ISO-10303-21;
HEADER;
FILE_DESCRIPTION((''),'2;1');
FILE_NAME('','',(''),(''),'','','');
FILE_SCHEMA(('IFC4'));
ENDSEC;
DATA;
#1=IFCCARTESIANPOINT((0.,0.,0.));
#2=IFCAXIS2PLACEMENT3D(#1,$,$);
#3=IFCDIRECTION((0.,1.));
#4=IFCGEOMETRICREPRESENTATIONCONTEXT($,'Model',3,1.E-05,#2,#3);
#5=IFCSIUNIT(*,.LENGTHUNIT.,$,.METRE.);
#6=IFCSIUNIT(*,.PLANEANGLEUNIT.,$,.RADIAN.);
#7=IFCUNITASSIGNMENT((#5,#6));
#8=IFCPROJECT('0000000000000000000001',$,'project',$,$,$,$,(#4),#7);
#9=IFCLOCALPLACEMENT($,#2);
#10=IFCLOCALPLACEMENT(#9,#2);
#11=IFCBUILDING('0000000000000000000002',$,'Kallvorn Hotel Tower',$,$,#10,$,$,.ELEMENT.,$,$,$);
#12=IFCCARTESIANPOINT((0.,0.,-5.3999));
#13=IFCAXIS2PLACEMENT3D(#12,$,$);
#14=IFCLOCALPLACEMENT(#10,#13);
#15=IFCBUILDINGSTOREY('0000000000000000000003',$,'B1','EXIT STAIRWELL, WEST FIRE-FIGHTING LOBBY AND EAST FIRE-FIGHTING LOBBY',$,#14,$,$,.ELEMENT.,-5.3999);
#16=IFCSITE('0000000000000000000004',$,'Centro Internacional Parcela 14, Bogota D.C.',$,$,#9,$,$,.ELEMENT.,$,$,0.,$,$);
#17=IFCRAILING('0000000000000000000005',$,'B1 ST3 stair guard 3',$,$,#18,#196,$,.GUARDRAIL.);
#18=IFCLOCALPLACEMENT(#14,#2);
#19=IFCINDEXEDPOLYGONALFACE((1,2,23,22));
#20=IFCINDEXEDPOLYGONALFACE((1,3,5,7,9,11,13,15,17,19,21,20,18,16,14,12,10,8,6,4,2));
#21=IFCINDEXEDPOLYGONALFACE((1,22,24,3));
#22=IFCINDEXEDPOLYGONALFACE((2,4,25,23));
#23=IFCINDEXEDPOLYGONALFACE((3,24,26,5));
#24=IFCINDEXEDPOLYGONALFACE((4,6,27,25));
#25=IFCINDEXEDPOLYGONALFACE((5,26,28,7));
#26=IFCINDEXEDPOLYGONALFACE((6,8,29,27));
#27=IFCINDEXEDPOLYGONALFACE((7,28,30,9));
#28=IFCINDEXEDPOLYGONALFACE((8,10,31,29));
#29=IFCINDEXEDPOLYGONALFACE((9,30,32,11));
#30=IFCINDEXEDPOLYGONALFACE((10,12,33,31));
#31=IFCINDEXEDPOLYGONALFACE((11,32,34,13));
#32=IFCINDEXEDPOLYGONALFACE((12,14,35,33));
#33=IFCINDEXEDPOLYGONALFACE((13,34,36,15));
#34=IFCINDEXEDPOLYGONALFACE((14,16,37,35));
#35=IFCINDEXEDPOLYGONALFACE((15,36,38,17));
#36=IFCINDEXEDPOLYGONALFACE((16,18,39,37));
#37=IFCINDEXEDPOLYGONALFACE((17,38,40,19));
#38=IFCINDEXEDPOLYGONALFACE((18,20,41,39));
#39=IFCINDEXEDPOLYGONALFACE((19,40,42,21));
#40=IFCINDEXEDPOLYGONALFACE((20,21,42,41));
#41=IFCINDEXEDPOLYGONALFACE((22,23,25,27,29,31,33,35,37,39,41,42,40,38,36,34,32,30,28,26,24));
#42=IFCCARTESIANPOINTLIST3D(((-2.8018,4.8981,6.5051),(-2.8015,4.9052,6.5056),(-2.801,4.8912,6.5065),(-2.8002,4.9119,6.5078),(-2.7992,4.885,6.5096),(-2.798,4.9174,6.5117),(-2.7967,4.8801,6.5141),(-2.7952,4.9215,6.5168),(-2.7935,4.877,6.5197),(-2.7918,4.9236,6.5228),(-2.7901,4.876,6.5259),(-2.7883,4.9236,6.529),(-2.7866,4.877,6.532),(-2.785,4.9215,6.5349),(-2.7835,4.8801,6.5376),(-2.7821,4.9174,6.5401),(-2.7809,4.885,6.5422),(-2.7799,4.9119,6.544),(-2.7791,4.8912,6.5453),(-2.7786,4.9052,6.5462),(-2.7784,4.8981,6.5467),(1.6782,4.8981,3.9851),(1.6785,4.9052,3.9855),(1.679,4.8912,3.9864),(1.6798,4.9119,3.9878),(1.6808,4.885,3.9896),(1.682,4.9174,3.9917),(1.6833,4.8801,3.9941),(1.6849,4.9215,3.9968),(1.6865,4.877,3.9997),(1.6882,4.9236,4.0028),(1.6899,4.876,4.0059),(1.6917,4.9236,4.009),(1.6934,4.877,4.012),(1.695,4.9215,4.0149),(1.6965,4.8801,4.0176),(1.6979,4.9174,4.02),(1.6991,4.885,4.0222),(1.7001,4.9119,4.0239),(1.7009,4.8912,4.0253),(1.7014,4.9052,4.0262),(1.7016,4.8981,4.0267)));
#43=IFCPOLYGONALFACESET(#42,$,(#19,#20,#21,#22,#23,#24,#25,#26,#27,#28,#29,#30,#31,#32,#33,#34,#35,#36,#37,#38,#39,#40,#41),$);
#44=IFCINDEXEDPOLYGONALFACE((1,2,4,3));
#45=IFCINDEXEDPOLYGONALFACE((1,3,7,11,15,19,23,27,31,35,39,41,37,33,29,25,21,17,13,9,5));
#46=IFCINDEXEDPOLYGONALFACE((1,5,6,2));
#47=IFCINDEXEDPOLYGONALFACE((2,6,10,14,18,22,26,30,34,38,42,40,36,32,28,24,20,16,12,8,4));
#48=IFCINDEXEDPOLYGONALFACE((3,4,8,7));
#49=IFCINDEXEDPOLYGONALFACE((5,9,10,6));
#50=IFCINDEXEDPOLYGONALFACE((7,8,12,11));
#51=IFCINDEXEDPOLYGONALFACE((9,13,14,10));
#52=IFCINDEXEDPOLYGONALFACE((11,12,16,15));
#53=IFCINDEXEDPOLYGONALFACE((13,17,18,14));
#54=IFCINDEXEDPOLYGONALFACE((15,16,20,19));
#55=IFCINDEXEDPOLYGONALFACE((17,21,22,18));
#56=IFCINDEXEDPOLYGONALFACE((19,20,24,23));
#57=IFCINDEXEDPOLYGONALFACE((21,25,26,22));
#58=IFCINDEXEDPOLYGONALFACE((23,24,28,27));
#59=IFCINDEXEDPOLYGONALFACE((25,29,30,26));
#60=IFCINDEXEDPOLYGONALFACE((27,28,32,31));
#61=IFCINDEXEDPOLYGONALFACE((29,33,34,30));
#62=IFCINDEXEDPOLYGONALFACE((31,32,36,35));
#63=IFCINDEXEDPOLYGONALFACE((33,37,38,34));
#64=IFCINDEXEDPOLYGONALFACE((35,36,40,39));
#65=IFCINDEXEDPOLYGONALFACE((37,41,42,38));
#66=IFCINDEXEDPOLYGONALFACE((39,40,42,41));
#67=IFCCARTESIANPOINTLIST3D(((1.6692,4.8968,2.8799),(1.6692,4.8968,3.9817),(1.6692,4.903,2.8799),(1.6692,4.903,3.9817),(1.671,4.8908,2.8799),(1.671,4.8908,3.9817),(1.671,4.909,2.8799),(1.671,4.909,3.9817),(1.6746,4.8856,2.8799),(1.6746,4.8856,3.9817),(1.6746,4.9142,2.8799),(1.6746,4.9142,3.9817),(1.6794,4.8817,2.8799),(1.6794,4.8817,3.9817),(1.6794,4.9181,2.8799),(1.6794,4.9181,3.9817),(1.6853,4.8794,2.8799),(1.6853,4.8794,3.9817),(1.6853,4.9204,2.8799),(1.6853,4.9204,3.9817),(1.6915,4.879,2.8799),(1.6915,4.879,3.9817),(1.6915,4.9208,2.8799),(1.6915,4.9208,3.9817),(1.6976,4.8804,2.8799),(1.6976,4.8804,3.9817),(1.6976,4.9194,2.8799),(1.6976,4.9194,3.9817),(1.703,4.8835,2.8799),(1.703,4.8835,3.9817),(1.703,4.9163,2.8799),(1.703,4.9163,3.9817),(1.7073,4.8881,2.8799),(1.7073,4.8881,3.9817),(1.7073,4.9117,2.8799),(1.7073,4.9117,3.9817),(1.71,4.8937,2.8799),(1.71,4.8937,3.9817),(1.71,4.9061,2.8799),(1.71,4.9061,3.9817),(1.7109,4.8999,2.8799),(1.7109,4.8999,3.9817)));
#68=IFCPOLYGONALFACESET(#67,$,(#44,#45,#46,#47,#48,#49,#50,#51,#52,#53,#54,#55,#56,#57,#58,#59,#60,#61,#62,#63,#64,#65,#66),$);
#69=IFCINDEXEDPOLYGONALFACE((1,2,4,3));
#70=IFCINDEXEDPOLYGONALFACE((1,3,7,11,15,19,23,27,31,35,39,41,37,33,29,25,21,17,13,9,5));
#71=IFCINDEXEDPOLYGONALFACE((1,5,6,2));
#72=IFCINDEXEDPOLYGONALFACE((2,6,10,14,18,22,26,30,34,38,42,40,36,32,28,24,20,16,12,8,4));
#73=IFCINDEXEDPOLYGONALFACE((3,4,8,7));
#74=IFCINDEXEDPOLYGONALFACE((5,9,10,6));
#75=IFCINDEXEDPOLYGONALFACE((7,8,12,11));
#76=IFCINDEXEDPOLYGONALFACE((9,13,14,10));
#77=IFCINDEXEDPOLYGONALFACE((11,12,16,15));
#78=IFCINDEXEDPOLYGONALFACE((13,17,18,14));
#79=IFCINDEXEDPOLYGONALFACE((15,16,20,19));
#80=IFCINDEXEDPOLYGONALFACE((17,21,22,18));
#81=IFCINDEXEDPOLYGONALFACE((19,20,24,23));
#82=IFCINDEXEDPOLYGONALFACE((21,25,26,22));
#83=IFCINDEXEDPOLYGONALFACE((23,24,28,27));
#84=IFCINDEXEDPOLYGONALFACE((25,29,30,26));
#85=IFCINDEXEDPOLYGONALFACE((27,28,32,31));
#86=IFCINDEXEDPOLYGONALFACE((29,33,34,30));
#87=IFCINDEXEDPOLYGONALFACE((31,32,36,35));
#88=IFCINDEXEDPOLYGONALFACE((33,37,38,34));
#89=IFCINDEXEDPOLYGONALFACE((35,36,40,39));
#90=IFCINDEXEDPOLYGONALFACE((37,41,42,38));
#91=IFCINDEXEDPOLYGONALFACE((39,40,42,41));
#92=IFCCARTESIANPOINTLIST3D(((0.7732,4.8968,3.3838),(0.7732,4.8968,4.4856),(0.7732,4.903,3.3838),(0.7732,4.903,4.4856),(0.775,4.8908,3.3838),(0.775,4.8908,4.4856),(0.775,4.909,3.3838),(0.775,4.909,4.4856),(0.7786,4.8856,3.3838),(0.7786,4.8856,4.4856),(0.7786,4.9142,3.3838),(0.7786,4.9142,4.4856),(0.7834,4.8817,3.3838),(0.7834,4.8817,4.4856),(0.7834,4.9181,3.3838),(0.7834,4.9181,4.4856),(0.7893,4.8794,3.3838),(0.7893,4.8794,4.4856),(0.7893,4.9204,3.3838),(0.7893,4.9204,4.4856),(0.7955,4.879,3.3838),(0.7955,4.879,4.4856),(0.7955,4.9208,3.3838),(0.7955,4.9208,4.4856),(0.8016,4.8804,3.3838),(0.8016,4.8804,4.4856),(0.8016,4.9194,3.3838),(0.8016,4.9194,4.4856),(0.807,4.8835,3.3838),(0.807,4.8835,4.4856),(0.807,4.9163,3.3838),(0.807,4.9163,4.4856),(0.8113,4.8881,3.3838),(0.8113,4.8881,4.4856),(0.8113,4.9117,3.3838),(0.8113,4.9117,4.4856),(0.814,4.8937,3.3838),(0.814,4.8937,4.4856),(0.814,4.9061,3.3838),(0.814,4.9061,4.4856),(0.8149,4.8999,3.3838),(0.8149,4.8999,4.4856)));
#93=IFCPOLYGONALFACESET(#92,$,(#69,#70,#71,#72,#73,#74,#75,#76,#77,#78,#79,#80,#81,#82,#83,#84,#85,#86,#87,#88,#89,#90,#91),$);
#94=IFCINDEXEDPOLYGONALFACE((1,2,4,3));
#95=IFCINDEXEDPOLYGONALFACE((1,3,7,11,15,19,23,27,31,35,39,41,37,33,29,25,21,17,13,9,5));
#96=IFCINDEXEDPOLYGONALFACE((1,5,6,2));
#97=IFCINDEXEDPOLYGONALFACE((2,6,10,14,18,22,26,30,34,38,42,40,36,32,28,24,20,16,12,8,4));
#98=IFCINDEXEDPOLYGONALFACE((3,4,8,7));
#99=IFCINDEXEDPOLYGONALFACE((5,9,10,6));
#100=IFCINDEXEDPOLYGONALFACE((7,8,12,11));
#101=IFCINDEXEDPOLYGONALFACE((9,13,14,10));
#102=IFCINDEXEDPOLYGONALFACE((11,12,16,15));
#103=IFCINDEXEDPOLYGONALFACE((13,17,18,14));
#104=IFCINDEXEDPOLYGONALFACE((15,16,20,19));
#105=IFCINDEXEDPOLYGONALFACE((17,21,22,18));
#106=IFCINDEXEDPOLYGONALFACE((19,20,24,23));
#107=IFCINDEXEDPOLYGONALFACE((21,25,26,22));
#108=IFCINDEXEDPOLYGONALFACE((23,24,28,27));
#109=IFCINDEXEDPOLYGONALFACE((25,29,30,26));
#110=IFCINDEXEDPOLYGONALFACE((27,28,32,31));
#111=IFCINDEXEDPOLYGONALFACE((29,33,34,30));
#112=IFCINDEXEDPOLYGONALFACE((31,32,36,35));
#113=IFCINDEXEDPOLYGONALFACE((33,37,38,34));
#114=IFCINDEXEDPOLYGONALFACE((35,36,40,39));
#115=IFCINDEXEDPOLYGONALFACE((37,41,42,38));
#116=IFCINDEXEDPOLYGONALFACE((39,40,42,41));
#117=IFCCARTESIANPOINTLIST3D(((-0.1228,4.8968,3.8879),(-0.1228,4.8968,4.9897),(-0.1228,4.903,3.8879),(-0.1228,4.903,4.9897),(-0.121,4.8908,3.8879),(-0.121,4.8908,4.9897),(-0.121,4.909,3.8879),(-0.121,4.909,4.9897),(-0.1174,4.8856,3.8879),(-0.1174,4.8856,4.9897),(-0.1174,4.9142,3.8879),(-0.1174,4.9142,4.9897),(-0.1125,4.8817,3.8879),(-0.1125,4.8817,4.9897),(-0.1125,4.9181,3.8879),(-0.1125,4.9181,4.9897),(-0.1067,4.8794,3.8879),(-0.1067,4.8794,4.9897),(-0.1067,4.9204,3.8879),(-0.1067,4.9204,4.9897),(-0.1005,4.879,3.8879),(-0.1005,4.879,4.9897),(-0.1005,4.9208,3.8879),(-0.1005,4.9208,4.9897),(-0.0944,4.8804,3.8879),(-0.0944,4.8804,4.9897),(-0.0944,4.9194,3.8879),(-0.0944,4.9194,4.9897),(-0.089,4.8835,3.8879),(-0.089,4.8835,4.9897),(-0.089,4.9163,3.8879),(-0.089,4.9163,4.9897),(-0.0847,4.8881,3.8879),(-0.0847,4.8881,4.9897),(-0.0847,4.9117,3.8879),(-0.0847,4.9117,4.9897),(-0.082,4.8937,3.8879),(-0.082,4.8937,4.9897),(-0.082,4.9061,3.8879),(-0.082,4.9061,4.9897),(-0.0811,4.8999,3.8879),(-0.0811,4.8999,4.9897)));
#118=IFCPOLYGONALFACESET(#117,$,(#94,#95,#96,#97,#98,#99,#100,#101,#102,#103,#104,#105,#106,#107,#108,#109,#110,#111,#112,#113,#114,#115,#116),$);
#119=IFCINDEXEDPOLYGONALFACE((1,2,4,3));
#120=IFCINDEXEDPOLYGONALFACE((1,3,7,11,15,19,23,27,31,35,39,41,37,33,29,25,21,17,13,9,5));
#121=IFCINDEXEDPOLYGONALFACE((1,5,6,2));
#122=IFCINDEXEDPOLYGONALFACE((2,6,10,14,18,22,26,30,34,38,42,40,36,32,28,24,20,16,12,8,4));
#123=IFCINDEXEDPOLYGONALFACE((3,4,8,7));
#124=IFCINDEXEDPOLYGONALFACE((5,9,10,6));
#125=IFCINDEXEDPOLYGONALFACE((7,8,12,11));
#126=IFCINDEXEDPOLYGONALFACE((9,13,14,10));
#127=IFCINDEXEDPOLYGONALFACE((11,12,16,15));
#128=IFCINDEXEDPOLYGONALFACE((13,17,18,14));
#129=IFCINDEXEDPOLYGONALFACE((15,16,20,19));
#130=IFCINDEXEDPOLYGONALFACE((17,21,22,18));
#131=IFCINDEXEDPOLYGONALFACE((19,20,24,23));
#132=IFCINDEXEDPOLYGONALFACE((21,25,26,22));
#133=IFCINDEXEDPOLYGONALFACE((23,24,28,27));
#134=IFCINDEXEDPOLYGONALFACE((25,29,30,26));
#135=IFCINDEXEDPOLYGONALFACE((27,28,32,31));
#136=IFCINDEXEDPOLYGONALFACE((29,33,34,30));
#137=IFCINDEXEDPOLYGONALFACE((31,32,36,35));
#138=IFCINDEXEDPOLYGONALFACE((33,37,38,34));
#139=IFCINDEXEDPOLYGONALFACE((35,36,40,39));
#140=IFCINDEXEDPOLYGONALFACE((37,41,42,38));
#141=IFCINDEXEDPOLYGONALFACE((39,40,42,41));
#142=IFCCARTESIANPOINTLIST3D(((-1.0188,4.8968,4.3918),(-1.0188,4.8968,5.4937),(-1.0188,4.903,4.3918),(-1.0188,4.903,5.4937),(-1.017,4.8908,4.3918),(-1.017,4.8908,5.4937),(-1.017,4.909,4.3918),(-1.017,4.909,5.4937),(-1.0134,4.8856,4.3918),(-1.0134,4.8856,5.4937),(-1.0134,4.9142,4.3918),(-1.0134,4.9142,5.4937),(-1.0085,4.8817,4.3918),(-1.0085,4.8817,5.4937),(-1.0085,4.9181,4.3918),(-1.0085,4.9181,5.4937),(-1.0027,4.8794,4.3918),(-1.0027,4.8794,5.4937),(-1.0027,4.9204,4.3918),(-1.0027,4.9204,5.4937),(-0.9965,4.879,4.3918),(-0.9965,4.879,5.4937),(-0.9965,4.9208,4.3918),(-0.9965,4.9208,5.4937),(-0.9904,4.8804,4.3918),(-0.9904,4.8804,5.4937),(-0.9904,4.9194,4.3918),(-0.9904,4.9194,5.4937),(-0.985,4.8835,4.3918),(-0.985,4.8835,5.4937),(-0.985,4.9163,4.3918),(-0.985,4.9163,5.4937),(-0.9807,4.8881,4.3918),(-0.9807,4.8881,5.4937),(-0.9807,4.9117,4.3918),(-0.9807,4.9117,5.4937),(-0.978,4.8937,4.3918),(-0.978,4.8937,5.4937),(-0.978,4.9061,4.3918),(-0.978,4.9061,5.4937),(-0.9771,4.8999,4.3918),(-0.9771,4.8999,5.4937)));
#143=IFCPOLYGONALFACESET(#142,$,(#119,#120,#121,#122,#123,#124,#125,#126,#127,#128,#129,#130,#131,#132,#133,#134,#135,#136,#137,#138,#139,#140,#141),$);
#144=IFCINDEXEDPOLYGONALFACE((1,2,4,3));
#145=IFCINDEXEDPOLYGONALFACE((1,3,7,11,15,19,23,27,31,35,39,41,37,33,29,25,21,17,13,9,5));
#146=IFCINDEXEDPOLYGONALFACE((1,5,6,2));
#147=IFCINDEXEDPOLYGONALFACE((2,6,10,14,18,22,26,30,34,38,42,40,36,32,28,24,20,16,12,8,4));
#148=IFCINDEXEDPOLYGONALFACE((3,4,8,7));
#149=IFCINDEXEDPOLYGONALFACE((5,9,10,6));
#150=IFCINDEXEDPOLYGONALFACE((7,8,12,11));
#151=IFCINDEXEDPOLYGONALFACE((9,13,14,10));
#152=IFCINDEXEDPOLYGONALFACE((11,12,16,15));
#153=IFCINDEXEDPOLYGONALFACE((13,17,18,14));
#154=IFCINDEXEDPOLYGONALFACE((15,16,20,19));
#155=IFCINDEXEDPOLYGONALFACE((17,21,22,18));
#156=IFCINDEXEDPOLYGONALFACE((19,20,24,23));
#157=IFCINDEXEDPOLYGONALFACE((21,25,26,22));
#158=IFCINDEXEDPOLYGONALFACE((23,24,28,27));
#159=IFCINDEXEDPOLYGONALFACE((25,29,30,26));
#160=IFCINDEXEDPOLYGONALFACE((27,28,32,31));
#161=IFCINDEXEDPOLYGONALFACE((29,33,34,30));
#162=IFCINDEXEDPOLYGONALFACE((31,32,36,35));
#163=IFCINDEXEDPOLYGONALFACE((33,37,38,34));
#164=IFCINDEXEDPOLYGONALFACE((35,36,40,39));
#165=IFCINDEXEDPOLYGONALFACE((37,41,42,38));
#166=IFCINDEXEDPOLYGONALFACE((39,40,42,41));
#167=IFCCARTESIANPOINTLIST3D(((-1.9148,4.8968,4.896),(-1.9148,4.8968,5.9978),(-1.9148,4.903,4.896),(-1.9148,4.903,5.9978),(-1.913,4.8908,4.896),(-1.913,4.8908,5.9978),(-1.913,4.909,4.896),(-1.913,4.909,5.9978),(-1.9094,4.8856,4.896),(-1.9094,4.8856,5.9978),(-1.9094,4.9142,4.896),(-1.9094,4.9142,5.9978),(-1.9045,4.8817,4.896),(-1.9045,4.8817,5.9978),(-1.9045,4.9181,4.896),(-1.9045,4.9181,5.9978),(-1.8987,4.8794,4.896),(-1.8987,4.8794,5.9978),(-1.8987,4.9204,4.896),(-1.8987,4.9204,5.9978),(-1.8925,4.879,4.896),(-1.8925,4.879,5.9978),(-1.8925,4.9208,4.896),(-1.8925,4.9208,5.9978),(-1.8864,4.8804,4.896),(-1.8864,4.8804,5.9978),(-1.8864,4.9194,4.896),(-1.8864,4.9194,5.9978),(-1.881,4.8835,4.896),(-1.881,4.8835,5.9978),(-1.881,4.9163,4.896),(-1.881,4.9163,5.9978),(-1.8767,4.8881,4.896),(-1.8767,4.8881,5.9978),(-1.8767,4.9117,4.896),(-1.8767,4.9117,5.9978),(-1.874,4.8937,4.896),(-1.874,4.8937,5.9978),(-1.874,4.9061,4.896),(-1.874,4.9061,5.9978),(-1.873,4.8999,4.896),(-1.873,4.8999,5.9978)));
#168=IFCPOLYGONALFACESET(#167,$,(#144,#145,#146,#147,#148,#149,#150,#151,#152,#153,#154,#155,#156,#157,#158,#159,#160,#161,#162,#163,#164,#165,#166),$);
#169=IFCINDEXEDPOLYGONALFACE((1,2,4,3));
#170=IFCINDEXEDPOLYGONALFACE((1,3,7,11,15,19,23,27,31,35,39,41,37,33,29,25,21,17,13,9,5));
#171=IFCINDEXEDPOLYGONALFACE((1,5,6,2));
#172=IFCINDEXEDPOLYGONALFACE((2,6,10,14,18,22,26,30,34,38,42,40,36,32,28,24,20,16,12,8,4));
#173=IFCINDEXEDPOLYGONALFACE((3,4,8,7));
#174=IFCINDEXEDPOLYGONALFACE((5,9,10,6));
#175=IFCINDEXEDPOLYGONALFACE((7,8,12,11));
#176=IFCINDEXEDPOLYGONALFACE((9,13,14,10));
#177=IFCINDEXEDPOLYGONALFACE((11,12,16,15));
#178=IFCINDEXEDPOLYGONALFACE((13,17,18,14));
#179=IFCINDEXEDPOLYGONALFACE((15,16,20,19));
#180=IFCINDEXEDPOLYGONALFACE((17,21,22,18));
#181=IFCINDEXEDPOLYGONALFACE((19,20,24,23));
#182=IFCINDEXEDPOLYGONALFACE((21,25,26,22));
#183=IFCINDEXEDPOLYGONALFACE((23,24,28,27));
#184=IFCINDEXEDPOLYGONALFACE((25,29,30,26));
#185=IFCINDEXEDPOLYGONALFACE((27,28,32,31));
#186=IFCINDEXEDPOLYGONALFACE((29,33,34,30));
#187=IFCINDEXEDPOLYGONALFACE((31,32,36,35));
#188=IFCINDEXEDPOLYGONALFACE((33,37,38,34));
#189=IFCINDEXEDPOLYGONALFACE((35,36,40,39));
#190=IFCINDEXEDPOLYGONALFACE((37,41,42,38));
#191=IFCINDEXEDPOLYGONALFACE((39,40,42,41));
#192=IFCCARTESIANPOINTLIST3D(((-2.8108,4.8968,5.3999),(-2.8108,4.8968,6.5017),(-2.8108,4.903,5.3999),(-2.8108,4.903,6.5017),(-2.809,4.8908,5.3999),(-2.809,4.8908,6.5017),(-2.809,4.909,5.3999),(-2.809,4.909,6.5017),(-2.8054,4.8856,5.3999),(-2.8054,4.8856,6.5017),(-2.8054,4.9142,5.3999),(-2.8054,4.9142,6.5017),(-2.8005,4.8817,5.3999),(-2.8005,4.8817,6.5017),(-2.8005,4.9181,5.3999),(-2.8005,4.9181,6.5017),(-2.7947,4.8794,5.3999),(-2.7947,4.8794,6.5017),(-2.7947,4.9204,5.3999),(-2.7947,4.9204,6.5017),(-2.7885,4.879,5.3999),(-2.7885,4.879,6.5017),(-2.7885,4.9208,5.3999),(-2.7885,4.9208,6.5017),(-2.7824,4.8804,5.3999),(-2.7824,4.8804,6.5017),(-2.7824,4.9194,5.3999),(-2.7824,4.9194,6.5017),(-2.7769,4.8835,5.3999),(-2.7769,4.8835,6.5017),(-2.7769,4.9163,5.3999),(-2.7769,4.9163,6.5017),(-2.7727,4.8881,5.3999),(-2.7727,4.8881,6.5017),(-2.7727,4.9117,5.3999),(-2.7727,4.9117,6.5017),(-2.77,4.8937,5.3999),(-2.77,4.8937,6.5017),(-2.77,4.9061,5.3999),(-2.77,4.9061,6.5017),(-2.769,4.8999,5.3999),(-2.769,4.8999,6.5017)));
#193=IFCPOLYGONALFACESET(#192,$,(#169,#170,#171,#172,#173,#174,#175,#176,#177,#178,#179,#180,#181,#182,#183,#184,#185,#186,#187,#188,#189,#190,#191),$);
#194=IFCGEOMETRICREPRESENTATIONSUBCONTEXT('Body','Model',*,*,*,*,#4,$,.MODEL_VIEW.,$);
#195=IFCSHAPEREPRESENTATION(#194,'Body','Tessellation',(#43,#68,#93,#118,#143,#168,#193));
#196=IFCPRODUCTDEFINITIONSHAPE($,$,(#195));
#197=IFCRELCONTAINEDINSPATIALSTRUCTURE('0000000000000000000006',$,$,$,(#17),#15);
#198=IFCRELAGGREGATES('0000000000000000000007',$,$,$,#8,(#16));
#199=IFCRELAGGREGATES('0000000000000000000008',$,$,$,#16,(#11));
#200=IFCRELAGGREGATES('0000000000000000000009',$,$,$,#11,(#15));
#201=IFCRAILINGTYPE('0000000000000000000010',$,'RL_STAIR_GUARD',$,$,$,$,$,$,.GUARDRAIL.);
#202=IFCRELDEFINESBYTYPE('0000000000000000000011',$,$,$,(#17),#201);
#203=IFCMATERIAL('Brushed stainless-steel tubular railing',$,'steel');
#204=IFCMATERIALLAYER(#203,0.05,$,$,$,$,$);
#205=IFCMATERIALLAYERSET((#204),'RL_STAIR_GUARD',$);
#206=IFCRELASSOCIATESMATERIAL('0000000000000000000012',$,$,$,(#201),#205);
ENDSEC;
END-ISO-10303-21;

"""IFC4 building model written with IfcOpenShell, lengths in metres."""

from ifc_helpers import new_model, si_unit, direction, frame, origin, origin_2d, place, context, subcontext, project, spatial, circle, extrude, material, layer, layer_set, type_object, element, save


model = new_model("IFC4")

# Units and contexts
model_context = context("Model", 3, precision=1e-05, world=origin(), true_north=direction((0.0, 1.0)))
body_context = subcontext(model_context, "Body", "Model", "MODEL_VIEW")
ifc_project = project(units=[si_unit("LENGTHUNIT", "METRE"), si_unit("PLANEANGLEUNIT", "RADIAN")], contexts=[model_context])

# Site, building, storey
site_placement = place(None, origin())
site = spatial("IfcSite", under=ifc_project, at=site_placement, Name="Centro Internacional Parcela 14, Bogota D.C.", CompositionType="ELEMENT", RefElevation=0.0)
building_placement = place(site_placement, origin())
building = spatial("IfcBuilding", under=site, at=building_placement, Name="Kallvorn Hotel Tower", CompositionType="ELEMENT")
storey_placement = place(building_placement, frame((0.0, 0.0, -5.3999)))
storey = spatial("IfcBuildingStorey", under=building, at=storey_placement, Name="B1", Description="EXIT STAIRWELL, WEST FIRE-FIGHTING LOBBY AND EAST FIRE-FIGHTING LOBBY", CompositionType="ELEMENT", Elevation=-5.3999)

# Railing
ifc_material_1 = material(Name="Brushed stainless-steel tubular railing", Category="steel")
ifc_layer_1 = layer(ifc_material_1, 0.05)
ifc_layer_set_1 = layer_set([ifc_layer_1], Name="RL_STAIR_GUARD")
railing_type_1 = type_object("IfcRailingType", Name="RL_STAIR_GUARD", PredefinedType="GUARDRAIL", material=ifc_layer_set_1)
railing_1_placement = place(storey_placement, frame((1.6899, 4.8999, 2.8799)))
element("IfcRailing", 1, at=railing_1_placement, inside=storey, type_object=railing_type_1, Name="B1 ST3 stair guard 3", PredefinedType="GUARDRAIL", context=body_context, shape_type="SweptSolid", body=[
    extrude(circle(Radius=0.0239, at=origin_2d()), frame((0.0, 0.0, 1.126), z_axis=(-0.871573, 0.0, 0.490266), x_axis=(0.0, -1.0, 0.0)), (0.0, 0.0, 1.0), 5.1401),
    extrude(circle(Radius=0.021, at=origin_2d()), origin(), (0.0, 0.0, 1.0), 1.1018),
    extrude(circle(Radius=0.021, at=origin_2d()), frame((-0.896, 0.0, 0.5039)), (0.0, 0.0, 1.0), 1.1018),
    extrude(circle(Radius=0.021, at=origin_2d()), frame((-1.792, 0.0, 1.0081)), (0.0, 0.0, 1.0), 1.1018),
    extrude(circle(Radius=0.021, at=origin_2d()), frame((-2.688, 0.0, 1.512)), (0.0, 0.0, 1.0), 1.1018),
    extrude(circle(Radius=0.021, at=origin_2d()), frame((-3.584, 0.0, 2.0161)), (0.0, 0.0, 1.0), 1.1018),
    extrude(circle(Radius=0.021, at=origin_2d()), frame((-4.48, 0.0, 2.52)), (0.0, 0.0, 1.0), 1.1018),
])

save(model, "model.ifc")
